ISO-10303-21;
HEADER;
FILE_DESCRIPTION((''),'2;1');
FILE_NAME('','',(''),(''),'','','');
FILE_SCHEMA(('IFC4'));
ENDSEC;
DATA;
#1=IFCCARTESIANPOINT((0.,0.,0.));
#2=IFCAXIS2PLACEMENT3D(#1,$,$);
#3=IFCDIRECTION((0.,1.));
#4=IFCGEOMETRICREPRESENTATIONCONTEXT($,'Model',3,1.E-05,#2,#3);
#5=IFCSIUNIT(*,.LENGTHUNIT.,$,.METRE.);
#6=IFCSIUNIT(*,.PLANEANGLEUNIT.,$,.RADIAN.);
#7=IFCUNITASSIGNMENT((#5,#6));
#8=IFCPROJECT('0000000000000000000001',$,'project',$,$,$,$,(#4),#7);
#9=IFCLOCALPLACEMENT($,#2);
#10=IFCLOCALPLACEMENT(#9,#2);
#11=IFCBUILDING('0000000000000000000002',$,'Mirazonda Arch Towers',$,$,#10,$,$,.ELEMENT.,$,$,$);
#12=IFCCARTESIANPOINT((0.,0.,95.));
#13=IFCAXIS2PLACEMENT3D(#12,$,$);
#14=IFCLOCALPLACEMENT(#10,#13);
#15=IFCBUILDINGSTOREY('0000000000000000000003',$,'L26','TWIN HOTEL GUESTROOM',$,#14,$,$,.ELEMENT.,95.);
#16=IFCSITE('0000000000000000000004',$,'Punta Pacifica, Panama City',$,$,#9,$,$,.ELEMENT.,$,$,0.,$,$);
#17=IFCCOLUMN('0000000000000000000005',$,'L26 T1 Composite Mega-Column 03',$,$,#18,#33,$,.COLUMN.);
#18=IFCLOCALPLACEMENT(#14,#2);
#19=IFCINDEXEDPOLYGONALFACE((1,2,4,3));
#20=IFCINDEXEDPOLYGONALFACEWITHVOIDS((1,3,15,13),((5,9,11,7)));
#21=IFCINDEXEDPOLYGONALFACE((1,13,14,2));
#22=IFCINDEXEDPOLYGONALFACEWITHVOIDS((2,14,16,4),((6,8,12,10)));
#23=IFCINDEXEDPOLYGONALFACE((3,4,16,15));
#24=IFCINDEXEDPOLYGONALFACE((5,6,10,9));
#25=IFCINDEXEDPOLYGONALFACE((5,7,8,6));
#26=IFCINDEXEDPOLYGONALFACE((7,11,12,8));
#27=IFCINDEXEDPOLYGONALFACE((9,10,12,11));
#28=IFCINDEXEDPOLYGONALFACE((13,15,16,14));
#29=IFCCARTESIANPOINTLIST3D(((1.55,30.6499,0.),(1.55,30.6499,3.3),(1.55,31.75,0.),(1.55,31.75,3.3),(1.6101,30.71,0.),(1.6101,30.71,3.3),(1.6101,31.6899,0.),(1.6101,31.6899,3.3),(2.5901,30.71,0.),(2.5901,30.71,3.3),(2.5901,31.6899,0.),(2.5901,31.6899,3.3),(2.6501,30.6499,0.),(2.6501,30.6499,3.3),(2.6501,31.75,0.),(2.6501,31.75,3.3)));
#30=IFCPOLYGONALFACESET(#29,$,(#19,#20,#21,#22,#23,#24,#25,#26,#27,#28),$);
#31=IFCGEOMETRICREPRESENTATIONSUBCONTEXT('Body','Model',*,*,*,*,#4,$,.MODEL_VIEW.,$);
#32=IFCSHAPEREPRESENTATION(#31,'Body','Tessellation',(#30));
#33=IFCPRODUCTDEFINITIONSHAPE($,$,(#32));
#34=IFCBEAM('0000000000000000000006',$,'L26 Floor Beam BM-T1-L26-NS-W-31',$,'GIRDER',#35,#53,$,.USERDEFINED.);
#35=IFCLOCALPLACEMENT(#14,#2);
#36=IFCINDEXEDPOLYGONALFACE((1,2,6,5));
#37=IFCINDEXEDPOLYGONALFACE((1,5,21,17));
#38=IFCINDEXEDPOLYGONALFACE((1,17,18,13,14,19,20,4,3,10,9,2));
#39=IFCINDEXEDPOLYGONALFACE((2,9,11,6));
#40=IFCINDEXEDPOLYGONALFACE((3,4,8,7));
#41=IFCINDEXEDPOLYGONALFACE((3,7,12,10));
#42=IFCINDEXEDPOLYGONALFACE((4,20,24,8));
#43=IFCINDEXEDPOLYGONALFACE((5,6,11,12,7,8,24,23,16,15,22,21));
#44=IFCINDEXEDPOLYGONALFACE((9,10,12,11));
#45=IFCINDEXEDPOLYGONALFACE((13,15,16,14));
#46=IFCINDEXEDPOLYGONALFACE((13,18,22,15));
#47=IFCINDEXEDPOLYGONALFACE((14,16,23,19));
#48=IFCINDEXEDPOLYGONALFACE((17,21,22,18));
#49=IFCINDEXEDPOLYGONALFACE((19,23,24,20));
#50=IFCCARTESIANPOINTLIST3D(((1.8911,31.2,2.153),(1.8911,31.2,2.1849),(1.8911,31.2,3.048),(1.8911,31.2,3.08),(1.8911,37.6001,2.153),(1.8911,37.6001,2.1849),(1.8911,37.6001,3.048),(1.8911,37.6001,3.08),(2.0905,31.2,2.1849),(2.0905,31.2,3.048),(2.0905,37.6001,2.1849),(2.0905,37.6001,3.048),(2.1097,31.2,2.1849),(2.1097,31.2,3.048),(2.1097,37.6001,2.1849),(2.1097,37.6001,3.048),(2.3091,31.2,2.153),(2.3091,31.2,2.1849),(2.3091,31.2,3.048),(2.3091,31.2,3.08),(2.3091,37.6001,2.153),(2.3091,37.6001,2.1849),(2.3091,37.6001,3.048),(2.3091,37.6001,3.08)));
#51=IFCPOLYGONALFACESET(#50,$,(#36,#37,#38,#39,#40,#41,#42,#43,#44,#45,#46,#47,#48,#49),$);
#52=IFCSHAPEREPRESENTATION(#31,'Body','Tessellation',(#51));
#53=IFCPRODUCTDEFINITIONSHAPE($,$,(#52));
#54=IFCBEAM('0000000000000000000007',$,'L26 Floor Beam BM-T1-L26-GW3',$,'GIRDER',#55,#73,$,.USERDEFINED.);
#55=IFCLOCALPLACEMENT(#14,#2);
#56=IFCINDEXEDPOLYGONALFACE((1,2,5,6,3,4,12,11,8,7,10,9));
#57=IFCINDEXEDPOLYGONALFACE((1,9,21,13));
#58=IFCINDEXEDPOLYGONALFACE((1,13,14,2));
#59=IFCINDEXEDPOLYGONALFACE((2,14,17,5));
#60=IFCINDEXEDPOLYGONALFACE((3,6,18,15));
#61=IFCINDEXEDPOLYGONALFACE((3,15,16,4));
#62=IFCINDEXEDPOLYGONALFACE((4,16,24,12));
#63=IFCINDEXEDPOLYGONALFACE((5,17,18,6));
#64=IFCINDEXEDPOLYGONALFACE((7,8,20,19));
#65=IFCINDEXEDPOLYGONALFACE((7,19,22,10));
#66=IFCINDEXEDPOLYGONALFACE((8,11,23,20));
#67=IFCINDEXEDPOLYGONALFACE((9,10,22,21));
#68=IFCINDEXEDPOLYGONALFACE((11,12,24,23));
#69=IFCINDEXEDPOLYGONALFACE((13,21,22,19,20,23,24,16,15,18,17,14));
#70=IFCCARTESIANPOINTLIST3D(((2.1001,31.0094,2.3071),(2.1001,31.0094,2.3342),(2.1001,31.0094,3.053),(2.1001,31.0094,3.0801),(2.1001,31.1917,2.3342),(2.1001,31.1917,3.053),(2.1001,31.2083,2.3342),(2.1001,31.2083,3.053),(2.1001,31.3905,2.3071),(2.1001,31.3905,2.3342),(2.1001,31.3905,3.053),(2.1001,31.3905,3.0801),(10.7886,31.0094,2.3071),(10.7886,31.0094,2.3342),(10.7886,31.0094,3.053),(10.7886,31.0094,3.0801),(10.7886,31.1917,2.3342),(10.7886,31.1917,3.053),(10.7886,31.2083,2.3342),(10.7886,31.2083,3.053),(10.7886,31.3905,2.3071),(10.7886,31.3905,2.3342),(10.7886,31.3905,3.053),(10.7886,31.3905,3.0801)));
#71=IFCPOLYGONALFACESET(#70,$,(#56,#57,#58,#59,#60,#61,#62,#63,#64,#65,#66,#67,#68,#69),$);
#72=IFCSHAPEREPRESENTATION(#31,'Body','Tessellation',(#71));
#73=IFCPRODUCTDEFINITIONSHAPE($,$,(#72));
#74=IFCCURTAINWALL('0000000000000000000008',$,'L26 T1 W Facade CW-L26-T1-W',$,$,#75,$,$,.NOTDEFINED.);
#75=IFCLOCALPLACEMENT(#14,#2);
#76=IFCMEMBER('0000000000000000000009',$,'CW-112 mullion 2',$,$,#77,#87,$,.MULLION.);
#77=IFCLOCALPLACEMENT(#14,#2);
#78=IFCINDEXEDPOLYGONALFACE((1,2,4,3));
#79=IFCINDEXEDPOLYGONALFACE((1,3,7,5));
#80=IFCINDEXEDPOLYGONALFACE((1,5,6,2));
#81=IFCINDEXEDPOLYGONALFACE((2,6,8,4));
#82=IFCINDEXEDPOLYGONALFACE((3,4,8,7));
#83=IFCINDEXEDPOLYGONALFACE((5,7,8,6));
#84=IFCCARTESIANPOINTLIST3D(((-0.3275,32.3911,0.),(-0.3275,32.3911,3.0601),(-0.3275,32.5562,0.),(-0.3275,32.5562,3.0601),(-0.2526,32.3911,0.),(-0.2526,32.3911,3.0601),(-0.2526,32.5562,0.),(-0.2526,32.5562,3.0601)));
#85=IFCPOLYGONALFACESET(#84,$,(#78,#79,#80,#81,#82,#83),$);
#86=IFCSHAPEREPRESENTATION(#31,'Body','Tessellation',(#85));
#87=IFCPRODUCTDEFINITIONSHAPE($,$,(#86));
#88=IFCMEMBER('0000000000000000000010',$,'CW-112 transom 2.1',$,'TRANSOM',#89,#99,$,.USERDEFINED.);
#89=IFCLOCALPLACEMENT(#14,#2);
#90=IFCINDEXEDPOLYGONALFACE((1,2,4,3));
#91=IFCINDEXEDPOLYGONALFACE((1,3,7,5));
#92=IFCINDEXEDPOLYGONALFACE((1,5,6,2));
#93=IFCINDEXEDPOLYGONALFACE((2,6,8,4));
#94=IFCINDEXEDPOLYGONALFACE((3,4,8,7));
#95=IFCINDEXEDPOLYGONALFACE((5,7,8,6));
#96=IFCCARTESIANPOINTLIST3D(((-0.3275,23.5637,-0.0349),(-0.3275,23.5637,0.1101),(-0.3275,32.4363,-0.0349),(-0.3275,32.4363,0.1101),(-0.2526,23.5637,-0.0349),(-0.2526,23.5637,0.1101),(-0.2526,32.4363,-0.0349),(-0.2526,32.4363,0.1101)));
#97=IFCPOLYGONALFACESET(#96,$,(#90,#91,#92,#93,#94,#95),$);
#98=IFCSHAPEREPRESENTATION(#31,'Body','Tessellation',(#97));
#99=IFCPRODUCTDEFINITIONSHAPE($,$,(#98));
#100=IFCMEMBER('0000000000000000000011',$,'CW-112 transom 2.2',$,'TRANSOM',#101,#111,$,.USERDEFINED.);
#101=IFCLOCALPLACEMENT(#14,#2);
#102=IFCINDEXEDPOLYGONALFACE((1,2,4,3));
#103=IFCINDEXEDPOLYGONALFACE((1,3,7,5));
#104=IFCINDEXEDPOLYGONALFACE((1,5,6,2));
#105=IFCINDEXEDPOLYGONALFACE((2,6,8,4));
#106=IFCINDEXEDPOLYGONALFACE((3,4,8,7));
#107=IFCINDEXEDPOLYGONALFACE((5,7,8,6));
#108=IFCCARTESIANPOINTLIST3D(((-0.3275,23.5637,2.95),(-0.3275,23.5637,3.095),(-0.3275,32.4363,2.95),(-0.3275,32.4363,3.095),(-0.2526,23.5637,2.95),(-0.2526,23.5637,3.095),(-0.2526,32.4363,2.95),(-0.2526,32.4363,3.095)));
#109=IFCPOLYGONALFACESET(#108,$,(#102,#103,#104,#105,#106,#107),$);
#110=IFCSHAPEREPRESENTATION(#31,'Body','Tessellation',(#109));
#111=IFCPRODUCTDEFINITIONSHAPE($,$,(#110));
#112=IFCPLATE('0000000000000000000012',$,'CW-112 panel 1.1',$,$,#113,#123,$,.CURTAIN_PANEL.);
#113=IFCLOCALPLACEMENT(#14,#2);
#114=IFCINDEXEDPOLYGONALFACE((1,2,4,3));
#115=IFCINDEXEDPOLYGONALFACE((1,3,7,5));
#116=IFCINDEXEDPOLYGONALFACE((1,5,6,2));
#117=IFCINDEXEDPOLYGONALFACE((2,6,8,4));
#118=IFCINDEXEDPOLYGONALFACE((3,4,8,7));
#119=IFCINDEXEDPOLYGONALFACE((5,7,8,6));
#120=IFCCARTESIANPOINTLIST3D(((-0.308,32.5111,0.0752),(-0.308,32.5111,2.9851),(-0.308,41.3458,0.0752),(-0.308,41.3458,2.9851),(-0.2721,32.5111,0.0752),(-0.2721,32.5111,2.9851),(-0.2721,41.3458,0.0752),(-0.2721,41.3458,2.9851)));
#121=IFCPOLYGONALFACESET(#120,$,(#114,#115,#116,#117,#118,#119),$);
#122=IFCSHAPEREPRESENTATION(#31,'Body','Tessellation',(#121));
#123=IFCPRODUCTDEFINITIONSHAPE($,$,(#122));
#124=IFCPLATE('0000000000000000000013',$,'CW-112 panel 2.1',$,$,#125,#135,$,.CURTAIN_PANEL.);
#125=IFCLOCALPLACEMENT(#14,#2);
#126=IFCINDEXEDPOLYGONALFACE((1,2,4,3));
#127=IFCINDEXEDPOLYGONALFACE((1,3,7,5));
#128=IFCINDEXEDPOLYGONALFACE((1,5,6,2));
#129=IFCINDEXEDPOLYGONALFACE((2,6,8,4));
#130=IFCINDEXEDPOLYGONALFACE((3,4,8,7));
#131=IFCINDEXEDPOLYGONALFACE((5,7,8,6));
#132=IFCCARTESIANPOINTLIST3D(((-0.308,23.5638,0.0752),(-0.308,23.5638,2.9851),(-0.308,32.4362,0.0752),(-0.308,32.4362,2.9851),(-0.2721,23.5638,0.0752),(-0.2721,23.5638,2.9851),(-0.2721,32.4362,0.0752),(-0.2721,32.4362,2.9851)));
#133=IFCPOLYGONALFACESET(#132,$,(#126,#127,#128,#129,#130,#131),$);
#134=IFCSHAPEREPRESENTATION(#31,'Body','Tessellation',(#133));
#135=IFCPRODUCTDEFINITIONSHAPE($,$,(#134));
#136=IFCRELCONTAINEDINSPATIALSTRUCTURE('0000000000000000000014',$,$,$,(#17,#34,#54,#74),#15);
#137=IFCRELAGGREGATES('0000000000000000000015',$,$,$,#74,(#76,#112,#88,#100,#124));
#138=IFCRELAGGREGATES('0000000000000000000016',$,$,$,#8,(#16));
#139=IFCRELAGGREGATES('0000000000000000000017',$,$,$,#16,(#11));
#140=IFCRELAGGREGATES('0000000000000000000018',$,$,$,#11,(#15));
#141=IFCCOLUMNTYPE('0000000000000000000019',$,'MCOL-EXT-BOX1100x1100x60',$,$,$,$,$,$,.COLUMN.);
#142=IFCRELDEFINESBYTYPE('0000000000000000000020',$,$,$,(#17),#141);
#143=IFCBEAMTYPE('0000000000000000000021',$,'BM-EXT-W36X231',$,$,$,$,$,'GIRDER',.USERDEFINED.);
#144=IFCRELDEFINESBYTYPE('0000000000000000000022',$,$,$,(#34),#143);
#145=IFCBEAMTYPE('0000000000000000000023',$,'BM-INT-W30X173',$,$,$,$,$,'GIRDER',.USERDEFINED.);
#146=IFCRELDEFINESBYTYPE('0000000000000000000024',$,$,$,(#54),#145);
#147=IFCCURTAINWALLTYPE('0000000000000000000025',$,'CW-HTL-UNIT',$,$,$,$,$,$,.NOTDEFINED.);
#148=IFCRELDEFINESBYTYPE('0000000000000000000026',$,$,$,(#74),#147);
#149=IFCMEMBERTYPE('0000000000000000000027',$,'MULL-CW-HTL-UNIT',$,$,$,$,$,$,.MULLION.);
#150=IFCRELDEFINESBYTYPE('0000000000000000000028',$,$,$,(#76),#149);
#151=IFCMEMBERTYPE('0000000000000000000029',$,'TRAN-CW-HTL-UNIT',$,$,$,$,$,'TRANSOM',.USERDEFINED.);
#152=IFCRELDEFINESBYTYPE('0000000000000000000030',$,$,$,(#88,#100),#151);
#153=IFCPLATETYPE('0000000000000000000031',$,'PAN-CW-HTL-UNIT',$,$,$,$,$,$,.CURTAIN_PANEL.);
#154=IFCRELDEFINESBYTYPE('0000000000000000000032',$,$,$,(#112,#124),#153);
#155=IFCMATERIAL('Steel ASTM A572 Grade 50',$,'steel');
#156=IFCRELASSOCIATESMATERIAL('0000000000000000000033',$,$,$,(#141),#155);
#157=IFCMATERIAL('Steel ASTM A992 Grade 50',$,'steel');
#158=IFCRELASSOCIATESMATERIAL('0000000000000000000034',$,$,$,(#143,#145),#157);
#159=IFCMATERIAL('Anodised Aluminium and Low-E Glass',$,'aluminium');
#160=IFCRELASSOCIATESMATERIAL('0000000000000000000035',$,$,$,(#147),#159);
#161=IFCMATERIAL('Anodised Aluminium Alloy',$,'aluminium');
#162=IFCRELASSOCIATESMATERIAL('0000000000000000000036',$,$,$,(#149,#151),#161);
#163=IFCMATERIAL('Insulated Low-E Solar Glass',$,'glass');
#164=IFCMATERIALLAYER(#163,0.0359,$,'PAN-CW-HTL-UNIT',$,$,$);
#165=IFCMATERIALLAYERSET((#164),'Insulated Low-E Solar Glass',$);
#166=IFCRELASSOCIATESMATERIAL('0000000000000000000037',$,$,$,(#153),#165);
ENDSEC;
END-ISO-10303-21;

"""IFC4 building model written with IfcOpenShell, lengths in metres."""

from ifc_helpers import new_model, si_unit, direction, frame, origin, origin_2d, place, context, subcontext, project, spatial, rectangle, hollow_rectangle, i_section, extrude, material, layer, layer_set, material_profile, profile_set, type_object, element, aggregate, save


model = new_model("IFC4")

# Units and contexts
model_context = context("Model", 3, precision=1e-05, world=origin(), true_north=direction((0.0, 1.0)))
body_context = subcontext(model_context, "Body", "Model", "MODEL_VIEW")
ifc_project = project(units=[si_unit("LENGTHUNIT", "METRE"), si_unit("PLANEANGLEUNIT", "RADIAN")], contexts=[model_context])

# Site, building, storey
site_placement = place(None, origin())
site = spatial("IfcSite", under=ifc_project, at=site_placement, Name="Punta Pacifica, Panama City", CompositionType="ELEMENT", RefElevation=0.0)
building_placement = place(site_placement, origin())
building = spatial("IfcBuilding", under=site, at=building_placement, Name="Mirazonda Arch Towers", CompositionType="ELEMENT")
storey_placement = place(building_placement, frame((0.0, 0.0, 95.0)))
storey = spatial("IfcBuildingStorey", under=building, at=storey_placement, Name="L26", Description="TWIN HOTEL GUESTROOM", CompositionType="ELEMENT", Elevation=95.0)

# Column
ifc_material_1 = material(Name="Steel ASTM A572 Grade 50", Category="steel")
ifc_material_profile_1 = material_profile(ifc_material_1, hollow_rectangle(XDim=1.1001, YDim=1.1001, WallThickness=0.0601, at=origin_2d()), Name="BOX1100x1100x60")
ifc_profile_set_1 = profile_set([ifc_material_profile_1], Name="Steel ASTM A572 Grade 50")
column_type = type_object("IfcColumnType", Name="MCOL-EXT-BOX1100x1100x60", PredefinedType="COLUMN", material=ifc_profile_set_1)
column_placement = place(storey_placement, frame((2.1001, 31.2, 0.0), z_axis=(0.0, 0.0, 1.0), x_axis=(1.0, 0.0, 0.0)))
element("IfcColumn", 1, at=column_placement, inside=storey, type_object=column_type, Name="L26 T1 Composite Mega-Column 03", PredefinedType="COLUMN", context=body_context, shape_type="SweptSolid", body=[
    extrude(hollow_rectangle(XDim=1.1001, YDim=1.1001, WallThickness=0.0601, at=origin_2d()), origin(), (0.0, 0.0, 1.0), 3.3),
])

# Beams
ifc_material_2 = material(Name="Steel ASTM A992 Grade 50", Category="steel")
ifc_material_profile_2 = material_profile(ifc_material_2, i_section(OverallWidth=0.418, OverallDepth=0.927, WebThickness=0.0193, FlangeThickness=0.032, at=origin_2d()), Name="W36X231")
ifc_profile_set_2 = profile_set([ifc_material_profile_2], Name="Steel ASTM A992 Grade 50")
beam_type_1 = type_object("IfcBeamType", Name="BM-EXT-W36X231", ElementType="GIRDER", PredefinedType="USERDEFINED", material=ifc_profile_set_2)
beam_1_placement = place(storey_placement, frame((2.1001, 31.2, 2.6165), z_axis=(0.0, 1.0, 0.0), x_axis=(-1.0, 0.0, 0.0)))
element("IfcBeam", 2, at=beam_1_placement, inside=storey, type_object=beam_type_1, Name="L26 Floor Beam BM-T1-L26-NS-W-31", ObjectType="GIRDER", PredefinedType="USERDEFINED", context=body_context, shape_type="SweptSolid", body=[
    extrude(i_section(OverallWidth=0.418, OverallDepth=0.927, WebThickness=0.0193, FlangeThickness=0.032, at=origin_2d()), origin(), (0.0, 0.0, 1.0), 6.4001),
])
ifc_material_profile_3 = material_profile(ifc_material_2, i_section(OverallWidth=0.3811, OverallDepth=0.7729, WebThickness=0.0166, FlangeThickness=0.0271, at=origin_2d()), Name="W30X173")
ifc_profile_set_3 = profile_set([ifc_material_profile_3], Name="Steel ASTM A992 Grade 50")
beam_type_2 = type_object("IfcBeamType", Name="BM-INT-W30X173", ElementType="GIRDER", PredefinedType="USERDEFINED", material=ifc_profile_set_3)
beam_2_placement = place(storey_placement, frame((2.1001, 31.2, 2.6936), z_axis=(1.0, 0.0, 0.0), x_axis=(0.0, 1.0, 0.0)))
element("IfcBeam", 3, at=beam_2_placement, inside=storey, type_object=beam_type_2, Name="L26 Floor Beam BM-T1-L26-GW3", ObjectType="GIRDER", PredefinedType="USERDEFINED", context=body_context, shape_type="SweptSolid", body=[
    extrude(i_section(OverallWidth=0.3811, OverallDepth=0.7729, WebThickness=0.0166, FlangeThickness=0.0271, at=origin_2d()), origin(), (0.0, 0.0, 1.0), 8.6885),
])

# Curtain wall, members, plates
ifc_material_3 = material(Name="Anodised Aluminium and Low-E Glass", Category="aluminium")
curtain_wall_type = type_object("IfcCurtainWallType", Name="CW-HTL-UNIT", PredefinedType="NOTDEFINED", material=ifc_material_3)
curtain_wall_placement = place(storey_placement, origin())
curtain_wall = element("IfcCurtainWall", 4, at=curtain_wall_placement, inside=storey, type_object=curtain_wall_type, Name="L26 T1 W Facade CW-L26-T1-W", PredefinedType="NOTDEFINED")
ifc_material_4 = material(Name="Anodised Aluminium Alloy", Category="aluminium")
ifc_material_profile_4 = material_profile(ifc_material_4, rectangle(XDim=0.075, YDim=0.165, at=origin_2d()), Name="ALU-MULL-75x165")
ifc_profile_set_4 = profile_set([ifc_material_profile_4], Name="Anodised Aluminium Alloy")
member_type_1 = type_object("IfcMemberType", Name="MULL-CW-HTL-UNIT", PredefinedType="MULLION", material=ifc_profile_set_4)
member_1_placement = place(storey_placement, frame((-0.29, 32.4736, 0.0), z_axis=(0.0, 0.0, 1.0), x_axis=(1.0, 0.0, 0.0)))
member_1 = element("IfcMember", 5, at=member_1_placement, type_object=member_type_1, Name="CW-112 mullion 2", PredefinedType="MULLION", context=body_context, shape_type="SweptSolid", body=[
    extrude(rectangle(XDim=0.075, YDim=0.165, at=origin_2d()), origin(), (0.0, 0.0, 1.0), 3.0601),
])
ifc_material_profile_5 = material_profile(ifc_material_4, rectangle(XDim=0.075, YDim=0.145, at=origin_2d()), Name="ALU-TRAN-75x145")
ifc_profile_set_5 = profile_set([ifc_material_profile_5], Name="Anodised Aluminium Alloy")
member_type_2 = type_object("IfcMemberType", Name="TRAN-CW-HTL-UNIT", ElementType="TRANSOM", PredefinedType="USERDEFINED", material=ifc_profile_set_5)
member_2_placement = place(storey_placement, frame((-0.29, 32.4363, 0.0376), z_axis=(0.0, -1.0, 0.0), x_axis=(1.0, 0.0, 0.0)))
member_2 = element("IfcMember", 6, at=member_2_placement, type_object=member_type_2, Name="CW-112 transom 2.1", ObjectType="TRANSOM", PredefinedType="USERDEFINED", context=body_context, shape_type="SweptSolid", body=[
    extrude(rectangle(XDim=0.075, YDim=0.145, at=origin_2d()), origin(), (0.0, 0.0, 1.0), 8.8726),
])
member_3_placement = place(storey_placement, frame((-0.29, 32.4363, 3.0225), z_axis=(0.0, -1.0, 0.0), x_axis=(1.0, 0.0, 0.0)))
member_3 = element("IfcMember", 7, at=member_3_placement, type_object=member_type_2, Name="CW-112 transom 2.2", ObjectType="TRANSOM", PredefinedType="USERDEFINED", context=body_context, shape_type="SweptSolid", body=[
    extrude(rectangle(XDim=0.075, YDim=0.145, at=origin_2d()), origin(), (0.0, 0.0, 1.0), 8.8726),
])
ifc_material_5 = material(Name="Insulated Low-E Solar Glass", Category="glass")
ifc_layer_1 = layer(ifc_material_5, 0.0359, Name="PAN-CW-HTL-UNIT")
ifc_layer_set_1 = layer_set([ifc_layer_1], Name="Insulated Low-E Solar Glass")
plate_type = type_object("IfcPlateType", Name="PAN-CW-HTL-UNIT", PredefinedType="CURTAIN_PANEL", material=ifc_layer_set_1)
plate_1_placement = place(storey_placement, frame((-0.29, 36.9285, 0.0752), z_axis=(0.0, 0.0, 1.0), x_axis=(0.0, -1.0, 0.0)))
plate_1 = element("IfcPlate", 8, at=plate_1_placement, type_object=plate_type, Name="CW-112 panel 1.1", PredefinedType="CURTAIN_PANEL", context=body_context, shape_type="SweptSolid", body=[
    extrude(rectangle(XDim=8.8347, YDim=0.0359, at=origin_2d()), origin(), (0.0, 0.0, 1.0), 2.9099),
])
plate_2_placement = place(storey_placement, frame((-0.29, 28.0, 0.0752), z_axis=(0.0, 0.0, 1.0), x_axis=(0.0, -1.0, 0.0)))
plate_2 = element("IfcPlate", 9, at=plate_2_placement, type_object=plate_type, Name="CW-112 panel 2.1", PredefinedType="CURTAIN_PANEL", context=body_context, shape_type="SweptSolid", body=[
    extrude(rectangle(XDim=8.8723, YDim=0.0359, at=origin_2d()), origin(), (0.0, 0.0, 1.0), 2.9099),
])
aggregate(curtain_wall, [member_1, plate_1, member_2, member_3, plate_2])

save(model, "model.ifc")
